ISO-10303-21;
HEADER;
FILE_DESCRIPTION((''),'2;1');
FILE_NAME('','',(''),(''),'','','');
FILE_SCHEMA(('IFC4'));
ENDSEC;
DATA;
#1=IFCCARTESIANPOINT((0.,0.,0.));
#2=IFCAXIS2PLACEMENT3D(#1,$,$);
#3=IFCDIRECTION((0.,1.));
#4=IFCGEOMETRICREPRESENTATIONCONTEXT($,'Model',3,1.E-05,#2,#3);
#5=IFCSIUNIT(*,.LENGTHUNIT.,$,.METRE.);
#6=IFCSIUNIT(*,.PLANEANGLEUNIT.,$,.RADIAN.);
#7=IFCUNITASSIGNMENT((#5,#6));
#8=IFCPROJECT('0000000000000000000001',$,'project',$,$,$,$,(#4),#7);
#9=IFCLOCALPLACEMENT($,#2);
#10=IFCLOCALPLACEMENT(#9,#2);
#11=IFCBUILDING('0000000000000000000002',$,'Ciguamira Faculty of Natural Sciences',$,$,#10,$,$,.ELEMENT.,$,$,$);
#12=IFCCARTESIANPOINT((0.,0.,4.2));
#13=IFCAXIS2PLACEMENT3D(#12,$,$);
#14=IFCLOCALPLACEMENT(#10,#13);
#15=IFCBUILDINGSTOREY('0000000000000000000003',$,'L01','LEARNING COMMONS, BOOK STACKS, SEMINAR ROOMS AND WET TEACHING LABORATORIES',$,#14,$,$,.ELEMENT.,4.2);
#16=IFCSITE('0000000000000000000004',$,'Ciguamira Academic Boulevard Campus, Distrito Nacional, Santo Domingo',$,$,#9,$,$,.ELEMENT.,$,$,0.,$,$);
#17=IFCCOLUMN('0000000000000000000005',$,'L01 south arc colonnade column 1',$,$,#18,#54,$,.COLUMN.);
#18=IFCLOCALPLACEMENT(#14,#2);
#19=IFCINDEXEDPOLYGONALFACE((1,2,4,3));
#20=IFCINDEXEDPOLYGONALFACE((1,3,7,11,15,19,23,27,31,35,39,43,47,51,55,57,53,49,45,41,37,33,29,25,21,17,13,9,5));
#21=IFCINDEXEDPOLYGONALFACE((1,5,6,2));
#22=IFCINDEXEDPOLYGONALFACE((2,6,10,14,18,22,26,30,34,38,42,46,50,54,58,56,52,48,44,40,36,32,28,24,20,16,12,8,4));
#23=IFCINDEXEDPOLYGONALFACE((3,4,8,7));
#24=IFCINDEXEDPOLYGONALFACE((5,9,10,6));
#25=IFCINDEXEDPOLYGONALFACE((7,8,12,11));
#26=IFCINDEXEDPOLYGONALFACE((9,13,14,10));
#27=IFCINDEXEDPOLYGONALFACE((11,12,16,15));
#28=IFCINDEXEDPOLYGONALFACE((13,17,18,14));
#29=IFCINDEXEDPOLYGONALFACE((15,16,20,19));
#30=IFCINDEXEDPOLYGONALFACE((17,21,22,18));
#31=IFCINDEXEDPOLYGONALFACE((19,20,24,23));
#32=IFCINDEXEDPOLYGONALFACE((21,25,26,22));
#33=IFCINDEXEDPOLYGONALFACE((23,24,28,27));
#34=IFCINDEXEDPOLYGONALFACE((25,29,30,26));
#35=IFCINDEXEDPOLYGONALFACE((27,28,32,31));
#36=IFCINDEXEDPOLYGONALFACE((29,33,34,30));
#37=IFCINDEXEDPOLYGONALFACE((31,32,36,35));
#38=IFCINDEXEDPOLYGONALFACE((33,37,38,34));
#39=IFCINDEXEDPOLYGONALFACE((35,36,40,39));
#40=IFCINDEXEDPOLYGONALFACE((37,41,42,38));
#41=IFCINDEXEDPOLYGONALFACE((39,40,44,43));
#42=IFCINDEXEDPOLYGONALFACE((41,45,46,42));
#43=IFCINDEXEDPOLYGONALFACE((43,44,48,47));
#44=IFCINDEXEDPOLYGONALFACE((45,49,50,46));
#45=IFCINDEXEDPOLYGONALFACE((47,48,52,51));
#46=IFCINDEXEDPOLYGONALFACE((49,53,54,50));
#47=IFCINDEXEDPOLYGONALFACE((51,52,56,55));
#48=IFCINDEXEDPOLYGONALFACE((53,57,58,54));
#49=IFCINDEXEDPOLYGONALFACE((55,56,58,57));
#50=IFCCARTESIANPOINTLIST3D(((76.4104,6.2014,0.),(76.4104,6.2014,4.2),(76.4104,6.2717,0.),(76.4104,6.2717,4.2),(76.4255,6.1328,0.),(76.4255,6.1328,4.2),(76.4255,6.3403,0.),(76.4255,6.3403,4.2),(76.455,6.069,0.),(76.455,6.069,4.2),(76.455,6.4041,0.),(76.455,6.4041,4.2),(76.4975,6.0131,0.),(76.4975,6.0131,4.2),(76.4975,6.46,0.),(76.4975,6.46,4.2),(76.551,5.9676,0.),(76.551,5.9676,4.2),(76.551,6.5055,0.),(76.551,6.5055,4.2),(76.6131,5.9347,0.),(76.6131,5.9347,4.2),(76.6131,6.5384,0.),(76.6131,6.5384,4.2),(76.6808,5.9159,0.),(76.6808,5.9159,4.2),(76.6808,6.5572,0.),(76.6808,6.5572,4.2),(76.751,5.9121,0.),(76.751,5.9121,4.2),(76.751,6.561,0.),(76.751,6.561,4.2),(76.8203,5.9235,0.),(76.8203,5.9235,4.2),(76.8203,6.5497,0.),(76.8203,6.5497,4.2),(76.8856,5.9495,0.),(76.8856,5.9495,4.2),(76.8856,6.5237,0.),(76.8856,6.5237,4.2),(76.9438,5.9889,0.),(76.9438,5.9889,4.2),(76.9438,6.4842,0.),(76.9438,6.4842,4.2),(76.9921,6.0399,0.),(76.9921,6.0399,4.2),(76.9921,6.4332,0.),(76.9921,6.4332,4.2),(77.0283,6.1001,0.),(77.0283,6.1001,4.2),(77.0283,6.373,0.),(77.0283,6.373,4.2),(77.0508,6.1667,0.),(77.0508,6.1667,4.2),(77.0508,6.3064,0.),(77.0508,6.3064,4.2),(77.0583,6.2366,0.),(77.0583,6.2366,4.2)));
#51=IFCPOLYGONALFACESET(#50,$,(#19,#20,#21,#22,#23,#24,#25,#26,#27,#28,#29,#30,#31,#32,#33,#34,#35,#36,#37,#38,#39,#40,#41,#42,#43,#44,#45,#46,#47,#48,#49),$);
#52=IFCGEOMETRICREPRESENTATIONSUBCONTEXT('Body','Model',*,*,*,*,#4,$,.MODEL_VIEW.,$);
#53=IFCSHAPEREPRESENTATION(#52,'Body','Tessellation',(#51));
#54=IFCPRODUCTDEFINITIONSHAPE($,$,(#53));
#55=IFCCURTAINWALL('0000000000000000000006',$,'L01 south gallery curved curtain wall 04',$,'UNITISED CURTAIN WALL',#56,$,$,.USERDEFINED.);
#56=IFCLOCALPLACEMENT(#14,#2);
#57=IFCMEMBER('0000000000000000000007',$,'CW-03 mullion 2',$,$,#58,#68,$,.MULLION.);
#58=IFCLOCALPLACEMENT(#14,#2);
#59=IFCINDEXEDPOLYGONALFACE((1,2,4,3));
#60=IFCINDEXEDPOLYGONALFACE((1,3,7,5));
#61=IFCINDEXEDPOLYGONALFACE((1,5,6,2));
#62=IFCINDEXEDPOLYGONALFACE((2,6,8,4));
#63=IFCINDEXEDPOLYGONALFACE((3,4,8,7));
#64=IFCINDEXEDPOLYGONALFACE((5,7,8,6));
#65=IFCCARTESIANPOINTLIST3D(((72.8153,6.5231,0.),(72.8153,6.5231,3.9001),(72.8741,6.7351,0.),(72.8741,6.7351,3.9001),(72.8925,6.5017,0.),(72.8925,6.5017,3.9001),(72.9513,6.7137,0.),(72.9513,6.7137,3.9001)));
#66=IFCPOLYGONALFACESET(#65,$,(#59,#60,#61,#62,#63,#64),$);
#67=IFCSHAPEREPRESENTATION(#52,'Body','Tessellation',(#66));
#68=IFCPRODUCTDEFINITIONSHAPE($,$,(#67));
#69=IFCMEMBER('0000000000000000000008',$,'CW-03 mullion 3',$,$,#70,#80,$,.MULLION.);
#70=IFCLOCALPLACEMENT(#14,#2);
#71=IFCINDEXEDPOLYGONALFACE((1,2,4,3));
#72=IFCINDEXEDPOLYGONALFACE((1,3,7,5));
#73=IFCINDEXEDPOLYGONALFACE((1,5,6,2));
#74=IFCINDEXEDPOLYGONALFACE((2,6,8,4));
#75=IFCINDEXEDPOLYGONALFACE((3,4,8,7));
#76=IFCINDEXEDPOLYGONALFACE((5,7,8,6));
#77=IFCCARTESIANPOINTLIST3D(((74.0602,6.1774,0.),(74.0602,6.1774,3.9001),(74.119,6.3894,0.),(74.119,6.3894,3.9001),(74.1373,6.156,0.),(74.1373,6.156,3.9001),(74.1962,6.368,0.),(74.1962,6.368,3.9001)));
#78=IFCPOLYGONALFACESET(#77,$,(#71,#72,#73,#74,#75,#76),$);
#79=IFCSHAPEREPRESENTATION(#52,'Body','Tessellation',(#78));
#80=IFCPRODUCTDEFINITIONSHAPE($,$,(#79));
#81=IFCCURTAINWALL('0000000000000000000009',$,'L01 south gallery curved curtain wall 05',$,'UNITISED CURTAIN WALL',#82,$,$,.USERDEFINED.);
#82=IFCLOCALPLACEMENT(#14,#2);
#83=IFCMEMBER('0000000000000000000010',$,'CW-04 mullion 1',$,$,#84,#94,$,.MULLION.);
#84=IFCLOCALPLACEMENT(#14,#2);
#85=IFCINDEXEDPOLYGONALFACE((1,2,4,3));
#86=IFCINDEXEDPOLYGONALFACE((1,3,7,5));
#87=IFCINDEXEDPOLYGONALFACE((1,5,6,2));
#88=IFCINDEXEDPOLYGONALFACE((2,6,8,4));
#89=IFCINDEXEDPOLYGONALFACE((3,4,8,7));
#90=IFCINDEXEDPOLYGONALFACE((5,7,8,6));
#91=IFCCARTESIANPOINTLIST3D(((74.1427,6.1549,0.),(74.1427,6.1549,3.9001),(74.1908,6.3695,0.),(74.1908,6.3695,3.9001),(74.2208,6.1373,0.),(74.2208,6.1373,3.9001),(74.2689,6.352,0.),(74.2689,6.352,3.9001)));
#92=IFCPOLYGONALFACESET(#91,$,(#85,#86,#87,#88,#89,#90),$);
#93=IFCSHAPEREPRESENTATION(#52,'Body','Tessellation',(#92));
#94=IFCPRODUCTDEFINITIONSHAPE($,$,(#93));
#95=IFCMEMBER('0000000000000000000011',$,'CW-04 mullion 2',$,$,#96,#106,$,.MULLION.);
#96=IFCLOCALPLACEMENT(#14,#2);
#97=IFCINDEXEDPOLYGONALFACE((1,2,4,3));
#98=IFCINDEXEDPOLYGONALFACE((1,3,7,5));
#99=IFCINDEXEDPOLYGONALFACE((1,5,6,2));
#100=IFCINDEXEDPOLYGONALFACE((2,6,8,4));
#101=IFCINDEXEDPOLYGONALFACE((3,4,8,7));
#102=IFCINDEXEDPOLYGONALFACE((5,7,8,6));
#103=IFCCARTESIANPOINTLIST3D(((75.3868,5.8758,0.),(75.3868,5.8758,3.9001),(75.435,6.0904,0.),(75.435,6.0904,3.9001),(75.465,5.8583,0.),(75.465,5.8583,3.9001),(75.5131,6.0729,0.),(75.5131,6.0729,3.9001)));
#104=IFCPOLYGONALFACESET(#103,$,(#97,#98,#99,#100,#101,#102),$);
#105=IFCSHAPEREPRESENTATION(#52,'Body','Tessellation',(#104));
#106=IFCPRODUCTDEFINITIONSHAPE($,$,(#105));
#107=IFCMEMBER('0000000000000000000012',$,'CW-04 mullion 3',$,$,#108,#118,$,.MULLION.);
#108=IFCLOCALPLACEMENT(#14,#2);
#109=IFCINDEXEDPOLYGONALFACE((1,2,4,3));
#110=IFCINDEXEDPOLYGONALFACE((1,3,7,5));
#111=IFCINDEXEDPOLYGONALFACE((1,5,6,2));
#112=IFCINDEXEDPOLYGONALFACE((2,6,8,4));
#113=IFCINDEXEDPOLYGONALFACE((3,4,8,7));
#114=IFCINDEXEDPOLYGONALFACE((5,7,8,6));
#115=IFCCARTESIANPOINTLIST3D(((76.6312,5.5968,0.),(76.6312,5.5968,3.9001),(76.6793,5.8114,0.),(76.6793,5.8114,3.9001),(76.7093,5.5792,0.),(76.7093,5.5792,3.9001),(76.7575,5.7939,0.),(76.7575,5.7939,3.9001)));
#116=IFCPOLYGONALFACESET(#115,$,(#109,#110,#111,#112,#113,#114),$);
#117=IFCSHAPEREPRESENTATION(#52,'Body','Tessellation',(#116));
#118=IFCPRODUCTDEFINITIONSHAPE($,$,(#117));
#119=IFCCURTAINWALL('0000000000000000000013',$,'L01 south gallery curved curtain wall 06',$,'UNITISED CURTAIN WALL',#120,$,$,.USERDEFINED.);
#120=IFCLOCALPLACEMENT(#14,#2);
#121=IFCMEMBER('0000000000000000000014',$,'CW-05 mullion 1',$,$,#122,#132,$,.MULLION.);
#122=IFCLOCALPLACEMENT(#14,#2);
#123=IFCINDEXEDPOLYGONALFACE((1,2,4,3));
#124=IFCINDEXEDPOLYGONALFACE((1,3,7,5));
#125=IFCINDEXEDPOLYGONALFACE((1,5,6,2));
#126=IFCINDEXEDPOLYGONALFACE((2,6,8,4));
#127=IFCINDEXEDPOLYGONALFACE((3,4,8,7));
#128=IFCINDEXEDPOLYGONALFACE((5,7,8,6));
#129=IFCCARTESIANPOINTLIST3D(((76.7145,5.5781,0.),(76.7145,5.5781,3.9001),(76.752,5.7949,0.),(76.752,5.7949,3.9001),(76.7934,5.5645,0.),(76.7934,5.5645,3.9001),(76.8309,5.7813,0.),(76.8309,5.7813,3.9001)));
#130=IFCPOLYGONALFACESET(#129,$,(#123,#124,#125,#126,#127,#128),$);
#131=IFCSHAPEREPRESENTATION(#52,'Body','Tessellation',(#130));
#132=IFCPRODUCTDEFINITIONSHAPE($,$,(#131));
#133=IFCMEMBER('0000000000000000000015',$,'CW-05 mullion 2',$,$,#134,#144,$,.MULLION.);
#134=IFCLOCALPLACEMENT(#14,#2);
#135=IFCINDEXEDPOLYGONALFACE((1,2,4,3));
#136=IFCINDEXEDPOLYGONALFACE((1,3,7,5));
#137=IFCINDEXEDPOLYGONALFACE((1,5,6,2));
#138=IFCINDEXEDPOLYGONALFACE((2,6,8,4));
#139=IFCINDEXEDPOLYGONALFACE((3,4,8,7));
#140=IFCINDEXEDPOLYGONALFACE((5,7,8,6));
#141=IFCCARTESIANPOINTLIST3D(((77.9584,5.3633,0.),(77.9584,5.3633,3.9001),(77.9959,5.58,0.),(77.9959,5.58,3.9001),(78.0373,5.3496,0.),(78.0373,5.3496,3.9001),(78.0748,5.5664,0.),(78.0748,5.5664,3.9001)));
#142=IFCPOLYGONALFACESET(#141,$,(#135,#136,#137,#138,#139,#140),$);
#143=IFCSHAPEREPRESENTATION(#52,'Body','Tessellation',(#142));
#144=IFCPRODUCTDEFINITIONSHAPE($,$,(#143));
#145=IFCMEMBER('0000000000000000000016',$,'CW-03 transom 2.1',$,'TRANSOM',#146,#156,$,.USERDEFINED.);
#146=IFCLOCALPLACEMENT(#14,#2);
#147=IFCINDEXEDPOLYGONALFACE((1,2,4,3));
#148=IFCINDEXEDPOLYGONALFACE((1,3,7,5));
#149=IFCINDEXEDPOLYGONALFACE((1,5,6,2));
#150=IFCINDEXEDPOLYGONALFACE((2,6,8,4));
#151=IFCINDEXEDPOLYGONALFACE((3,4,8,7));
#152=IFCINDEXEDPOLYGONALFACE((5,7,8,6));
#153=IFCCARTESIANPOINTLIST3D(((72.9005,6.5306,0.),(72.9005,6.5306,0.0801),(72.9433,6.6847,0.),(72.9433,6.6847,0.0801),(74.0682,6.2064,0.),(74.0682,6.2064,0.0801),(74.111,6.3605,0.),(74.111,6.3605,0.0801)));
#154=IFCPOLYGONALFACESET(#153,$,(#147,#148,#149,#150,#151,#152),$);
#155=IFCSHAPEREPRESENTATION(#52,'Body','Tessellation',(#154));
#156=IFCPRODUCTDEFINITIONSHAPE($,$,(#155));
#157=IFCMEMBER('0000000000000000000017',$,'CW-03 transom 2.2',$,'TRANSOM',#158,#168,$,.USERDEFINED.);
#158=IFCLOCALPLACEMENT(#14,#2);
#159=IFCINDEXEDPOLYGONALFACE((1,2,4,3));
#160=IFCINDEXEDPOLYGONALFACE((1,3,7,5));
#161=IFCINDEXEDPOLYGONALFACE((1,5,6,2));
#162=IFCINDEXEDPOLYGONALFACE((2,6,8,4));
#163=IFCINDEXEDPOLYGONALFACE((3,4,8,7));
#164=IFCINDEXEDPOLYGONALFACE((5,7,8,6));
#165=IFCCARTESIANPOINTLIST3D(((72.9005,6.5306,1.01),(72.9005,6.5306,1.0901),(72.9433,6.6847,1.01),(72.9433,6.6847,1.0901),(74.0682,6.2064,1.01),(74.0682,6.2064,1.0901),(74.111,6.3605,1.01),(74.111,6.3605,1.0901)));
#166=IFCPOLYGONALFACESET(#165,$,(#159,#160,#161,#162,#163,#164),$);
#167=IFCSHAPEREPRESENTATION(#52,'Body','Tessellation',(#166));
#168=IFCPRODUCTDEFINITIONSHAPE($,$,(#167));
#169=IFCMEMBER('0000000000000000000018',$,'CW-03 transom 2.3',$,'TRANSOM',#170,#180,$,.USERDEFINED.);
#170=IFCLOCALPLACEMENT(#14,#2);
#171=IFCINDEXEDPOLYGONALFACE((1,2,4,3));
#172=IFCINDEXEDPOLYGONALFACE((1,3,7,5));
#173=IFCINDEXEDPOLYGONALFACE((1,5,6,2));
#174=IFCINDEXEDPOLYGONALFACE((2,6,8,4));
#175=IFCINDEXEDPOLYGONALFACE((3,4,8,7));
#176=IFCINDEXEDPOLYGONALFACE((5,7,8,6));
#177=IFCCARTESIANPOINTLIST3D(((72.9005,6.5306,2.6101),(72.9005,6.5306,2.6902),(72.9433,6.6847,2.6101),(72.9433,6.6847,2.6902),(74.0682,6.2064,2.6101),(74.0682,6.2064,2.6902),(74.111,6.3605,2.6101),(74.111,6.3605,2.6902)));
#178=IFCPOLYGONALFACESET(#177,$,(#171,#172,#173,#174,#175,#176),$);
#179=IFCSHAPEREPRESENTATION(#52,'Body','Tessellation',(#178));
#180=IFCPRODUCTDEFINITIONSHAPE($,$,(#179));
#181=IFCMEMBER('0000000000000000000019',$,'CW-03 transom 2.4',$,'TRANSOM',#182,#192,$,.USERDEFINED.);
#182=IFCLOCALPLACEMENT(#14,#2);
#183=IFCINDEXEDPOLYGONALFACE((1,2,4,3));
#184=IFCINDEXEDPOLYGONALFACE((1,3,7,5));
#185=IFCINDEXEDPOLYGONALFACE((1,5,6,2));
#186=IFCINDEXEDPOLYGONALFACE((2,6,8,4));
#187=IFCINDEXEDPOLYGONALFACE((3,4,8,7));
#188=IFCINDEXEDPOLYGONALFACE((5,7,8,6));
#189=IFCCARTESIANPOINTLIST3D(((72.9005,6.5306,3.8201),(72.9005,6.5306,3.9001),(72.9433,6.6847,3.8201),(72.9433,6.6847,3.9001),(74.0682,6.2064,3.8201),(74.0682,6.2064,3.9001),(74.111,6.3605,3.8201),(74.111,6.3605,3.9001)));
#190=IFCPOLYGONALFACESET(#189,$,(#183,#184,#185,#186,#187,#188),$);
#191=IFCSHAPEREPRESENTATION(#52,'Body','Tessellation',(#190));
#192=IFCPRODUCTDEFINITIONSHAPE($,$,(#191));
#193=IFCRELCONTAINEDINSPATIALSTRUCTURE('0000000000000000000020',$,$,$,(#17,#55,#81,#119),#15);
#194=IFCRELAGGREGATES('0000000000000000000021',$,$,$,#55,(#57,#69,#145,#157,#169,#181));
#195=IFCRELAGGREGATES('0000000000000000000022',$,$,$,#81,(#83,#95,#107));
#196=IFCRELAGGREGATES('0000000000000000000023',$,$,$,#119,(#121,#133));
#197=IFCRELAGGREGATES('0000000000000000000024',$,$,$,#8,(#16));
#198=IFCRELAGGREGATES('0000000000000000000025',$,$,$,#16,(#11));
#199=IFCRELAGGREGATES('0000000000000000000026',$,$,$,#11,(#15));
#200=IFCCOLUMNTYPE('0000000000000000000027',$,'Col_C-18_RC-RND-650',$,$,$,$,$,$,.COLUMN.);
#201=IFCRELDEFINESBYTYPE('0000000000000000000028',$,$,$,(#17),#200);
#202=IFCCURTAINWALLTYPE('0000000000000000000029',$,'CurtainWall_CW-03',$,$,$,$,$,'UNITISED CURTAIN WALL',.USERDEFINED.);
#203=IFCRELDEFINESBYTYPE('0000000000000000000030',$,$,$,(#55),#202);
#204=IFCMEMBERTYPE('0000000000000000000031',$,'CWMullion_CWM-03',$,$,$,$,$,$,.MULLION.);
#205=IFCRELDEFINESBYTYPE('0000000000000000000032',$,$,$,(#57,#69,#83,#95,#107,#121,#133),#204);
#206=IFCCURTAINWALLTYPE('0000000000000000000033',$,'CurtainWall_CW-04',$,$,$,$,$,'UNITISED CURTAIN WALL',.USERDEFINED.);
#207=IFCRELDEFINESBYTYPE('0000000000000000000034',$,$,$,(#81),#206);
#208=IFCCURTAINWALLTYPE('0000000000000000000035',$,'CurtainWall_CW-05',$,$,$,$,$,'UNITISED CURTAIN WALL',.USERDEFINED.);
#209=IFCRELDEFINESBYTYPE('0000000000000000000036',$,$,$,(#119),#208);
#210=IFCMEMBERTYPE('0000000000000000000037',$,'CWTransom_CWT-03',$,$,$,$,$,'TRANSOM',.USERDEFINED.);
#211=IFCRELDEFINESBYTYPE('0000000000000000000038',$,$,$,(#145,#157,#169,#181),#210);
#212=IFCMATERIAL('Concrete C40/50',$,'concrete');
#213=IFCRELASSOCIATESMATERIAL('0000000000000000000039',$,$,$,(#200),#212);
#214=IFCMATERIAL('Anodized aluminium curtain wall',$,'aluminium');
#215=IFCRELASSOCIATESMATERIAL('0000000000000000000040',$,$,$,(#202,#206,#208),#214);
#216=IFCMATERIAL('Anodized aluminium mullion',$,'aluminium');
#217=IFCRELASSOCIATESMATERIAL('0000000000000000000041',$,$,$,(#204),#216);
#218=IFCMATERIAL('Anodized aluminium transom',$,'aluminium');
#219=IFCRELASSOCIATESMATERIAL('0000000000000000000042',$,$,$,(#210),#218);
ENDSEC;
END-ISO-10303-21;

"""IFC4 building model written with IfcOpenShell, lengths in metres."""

from ifc_helpers import new_model, si_unit, direction, frame, origin, origin_2d, place, context, subcontext, project, spatial, rectangle, circle, extrude, material, material_profile, profile_set, type_object, element, aggregate, save


model = new_model("IFC4")

# Units and contexts
model_context = context("Model", 3, precision=1e-05, world=origin(), true_north=direction((0.0, 1.0)))
body_context = subcontext(model_context, "Body", "Model", "MODEL_VIEW")
ifc_project = project(units=[si_unit("LENGTHUNIT", "METRE"), si_unit("PLANEANGLEUNIT", "RADIAN")], contexts=[model_context])

# Site, building, storey
site_placement = place(None, origin())
site = spatial("IfcSite", under=ifc_project, at=site_placement, Name="Ciguamira Academic Boulevard Campus, Distrito Nacional, Santo Domingo", CompositionType="ELEMENT", RefElevation=0.0)
building_placement = place(site_placement, origin())
building = spatial("IfcBuilding", under=site, at=building_placement, Name="Ciguamira Faculty of Natural Sciences", CompositionType="ELEMENT")
storey_placement = place(building_placement, frame((0.0, 0.0, 4.2)))
storey = spatial("IfcBuildingStorey", under=building, at=storey_placement, Name="L01", Description="LEARNING COMMONS, BOOK STACKS, SEMINAR ROOMS AND WET TEACHING LABORATORIES", CompositionType="ELEMENT", Elevation=4.2)

# Column
ifc_material_1 = material(Name="Concrete C40/50", Category="concrete")
ifc_material_profile_1 = material_profile(ifc_material_1, circle(Radius=0.325, at=origin_2d()), Name="RC-RND-650")
ifc_profile_set_1 = profile_set([ifc_material_profile_1], Name="Concrete C40/50")
column_type = type_object("IfcColumnType", Name="Col_C-18_RC-RND-650", PredefinedType="COLUMN", material=ifc_profile_set_1)
column_placement = place(storey_placement, frame((76.7334, 6.2366, 0.0), z_axis=(0.0, 0.0, 1.0), x_axis=(1.0, 0.0, 0.0)))
element("IfcColumn", 1, at=column_placement, inside=storey, type_object=column_type, Name="L01 south arc colonnade column 1", PredefinedType="COLUMN", context=body_context, shape_type="SweptSolid", body=[
    extrude(circle(Radius=0.325, at=origin_2d()), origin(), (0.0, 0.0, 1.0), 4.2),
])

# Curtain walls, members
ifc_material_2 = material(Name="Anodized aluminium curtain wall", Category="aluminium")
curtain_wall_type_1 = type_object("IfcCurtainWallType", Name="CurtainWall_CW-03", ElementType="UNITISED CURTAIN WALL", PredefinedType="USERDEFINED", material=ifc_material_2)
curtain_wall_1_placement = place(storey_placement, origin())
curtain_wall_1 = element("IfcCurtainWall", 2, at=curtain_wall_1_placement, inside=storey, type_object=curtain_wall_type_1, Name="L01 south gallery curved curtain wall 04", ObjectType="UNITISED CURTAIN WALL", PredefinedType="USERDEFINED")
ifc_material_3 = material(Name="Anodized aluminium mullion", Category="aluminium")
ifc_material_profile_2 = material_profile(ifc_material_3, rectangle(XDim=0.0801, YDim=0.22, at=origin_2d()), Name="ALU-MUL-80X220")
ifc_profile_set_2 = profile_set([ifc_material_profile_2], Name="Anodized aluminium mullion")
member_type_1 = type_object("IfcMemberType", Name="CWMullion_CWM-03", PredefinedType="MULLION", material=ifc_profile_set_2)
member_1_placement = place(storey_placement, frame((72.8833, 6.6184, 0.0), z_axis=(0.0, 0.0, 1.0), x_axis=(0.963573, -0.267444, 0.0)))
member_1 = element("IfcMember", 3, at=member_1_placement, type_object=member_type_1, Name="CW-03 mullion 2", PredefinedType="MULLION", context=body_context, shape_type="SweptSolid", body=[
    extrude(rectangle(XDim=0.0801, YDim=0.22, at=origin_2d()), origin(), (0.0, 0.0, 1.0), 3.9001),
])
member_2_placement = place(storey_placement, frame((74.1282, 6.2727, 0.0), z_axis=(0.0, 0.0, 1.0), x_axis=(0.963573, -0.267444, 0.0)))
member_2 = element("IfcMember", 4, at=member_2_placement, type_object=member_type_1, Name="CW-03 mullion 3", PredefinedType="MULLION", context=body_context, shape_type="SweptSolid", body=[
    extrude(rectangle(XDim=0.0801, YDim=0.22, at=origin_2d()), origin(), (0.0, 0.0, 1.0), 3.9001),
])
curtain_wall_type_2 = type_object("IfcCurtainWallType", Name="CurtainWall_CW-04", ElementType="UNITISED CURTAIN WALL", PredefinedType="USERDEFINED", material=ifc_material_2)
curtain_wall_2_placement = place(storey_placement, origin())
curtain_wall_2 = element("IfcCurtainWall", 5, at=curtain_wall_2_placement, inside=storey, type_object=curtain_wall_type_2, Name="L01 south gallery curved curtain wall 05", ObjectType="UNITISED CURTAIN WALL", PredefinedType="USERDEFINED")
member_3_placement = place(storey_placement, frame((74.2058, 6.2534, 0.0), z_axis=(0.0, 0.0, 1.0), x_axis=(0.975763, -0.21883, 0.0)))
member_3 = element("IfcMember", 6, at=member_3_placement, type_object=member_type_1, Name="CW-04 mullion 1", PredefinedType="MULLION", context=body_context, shape_type="SweptSolid", body=[
    extrude(rectangle(XDim=0.0801, YDim=0.22, at=origin_2d()), origin(), (0.0, 0.0, 1.0), 3.9001),
])
member_4_placement = place(storey_placement, frame((75.45, 5.9744, 0.0), z_axis=(0.0, 0.0, 1.0), x_axis=(0.975763, -0.21883, 0.0)))
member_4 = element("IfcMember", 7, at=member_4_placement, type_object=member_type_1, Name="CW-04 mullion 2", PredefinedType="MULLION", context=body_context, shape_type="SweptSolid", body=[
    extrude(rectangle(XDim=0.0801, YDim=0.22, at=origin_2d()), origin(), (0.0, 0.0, 1.0), 3.9001),
])
member_5_placement = place(storey_placement, frame((76.6943, 5.6953, 0.0), z_axis=(0.0, 0.0, 1.0), x_axis=(0.975763, -0.21883, 0.0)))
member_5 = element("IfcMember", 8, at=member_5_placement, type_object=member_type_1, Name="CW-04 mullion 3", PredefinedType="MULLION", context=body_context, shape_type="SweptSolid", body=[
    extrude(rectangle(XDim=0.0801, YDim=0.22, at=origin_2d()), origin(), (0.0, 0.0, 1.0), 3.9001),
])
curtain_wall_type_3 = type_object("IfcCurtainWallType", Name="CurtainWall_CW-05", ElementType="UNITISED CURTAIN WALL", PredefinedType="USERDEFINED", material=ifc_material_2)
curtain_wall_3_placement = place(storey_placement, origin())
curtain_wall_3 = element("IfcCurtainWall", 9, at=curtain_wall_3_placement, inside=storey, type_object=curtain_wall_type_3, Name="L01 south gallery curved curtain wall 06", ObjectType="UNITISED CURTAIN WALL", PredefinedType="USERDEFINED")
member_6_placement = place(storey_placement, frame((76.7727, 5.6797, 0.0), z_axis=(0.0, 0.0, 1.0), x_axis=(0.985411, -0.170192, 0.0)))
member_6 = element("IfcMember", 10, at=member_6_placement, type_object=member_type_1, Name="CW-05 mullion 1", PredefinedType="MULLION", context=body_context, shape_type="SweptSolid", body=[
    extrude(rectangle(XDim=0.0801, YDim=0.22, at=origin_2d()), origin(), (0.0, 0.0, 1.0), 3.9001),
])
member_7_placement = place(storey_placement, frame((78.0166, 5.4648, 0.0), z_axis=(0.0, 0.0, 1.0), x_axis=(0.985411, -0.170192, 0.0)))
member_7 = element("IfcMember", 11, at=member_7_placement, type_object=member_type_1, Name="CW-05 mullion 2", PredefinedType="MULLION", context=body_context, shape_type="SweptSolid", body=[
    extrude(rectangle(XDim=0.0801, YDim=0.22, at=origin_2d()), origin(), (0.0, 0.0, 1.0), 3.9001),
])

# Members
ifc_material_4 = material(Name="Anodized aluminium transom", Category="aluminium")
ifc_material_profile_3 = material_profile(ifc_material_4, rectangle(XDim=0.0801, YDim=0.1599, at=origin_2d()), Name="ALU-TRN-80X160")
ifc_profile_set_3 = profile_set([ifc_material_profile_3], Name="Anodized aluminium transom")
member_type_2 = type_object("IfcMemberType", Name="CWTransom_CWT-03", ElementType="TRANSOM", PredefinedType="USERDEFINED", material=ifc_profile_set_3)
member_8_placement = place(storey_placement, frame((72.9219, 6.6077, 0.04), z_axis=(0.96355, -0.26753, 0.0), x_axis=(0.0, 0.0, 1.0)))
member_8 = element("IfcMember", 12, at=member_8_placement, type_object=member_type_2, Name="CW-03 transom 2.1", ObjectType="TRANSOM", PredefinedType="USERDEFINED", context=body_context, shape_type="SweptSolid", body=[
    extrude(rectangle(XDim=0.0801, YDim=0.1599, at=origin_2d()), origin(), (0.0, 0.0, 1.0), 1.2119),
])
member_9_placement = place(storey_placement, frame((72.9219, 6.6077, 1.05), z_axis=(0.96355, -0.26753, 0.0), x_axis=(0.0, 0.0, 1.0)))
member_9 = element("IfcMember", 13, at=member_9_placement, type_object=member_type_2, Name="CW-03 transom 2.2", ObjectType="TRANSOM", PredefinedType="USERDEFINED", context=body_context, shape_type="SweptSolid", body=[
    extrude(rectangle(XDim=0.0801, YDim=0.1599, at=origin_2d()), origin(), (0.0, 0.0, 1.0), 1.2119),
])
member_10_placement = place(storey_placement, frame((72.9219, 6.6077, 2.6501), z_axis=(0.96355, -0.26753, 0.0), x_axis=(0.0, 0.0, 1.0)))
member_10 = element("IfcMember", 14, at=member_10_placement, type_object=member_type_2, Name="CW-03 transom 2.3", ObjectType="TRANSOM", PredefinedType="USERDEFINED", context=body_context, shape_type="SweptSolid", body=[
    extrude(rectangle(XDim=0.0801, YDim=0.1599, at=origin_2d()), origin(), (0.0, 0.0, 1.0), 1.2119),
])
member_11_placement = place(storey_placement, frame((72.9219, 6.6077, 3.8601), z_axis=(0.96355, -0.26753, 0.0), x_axis=(0.0, 0.0, 1.0)))
member_11 = element("IfcMember", 15, at=member_11_placement, type_object=member_type_2, Name="CW-03 transom 2.4", ObjectType="TRANSOM", PredefinedType="USERDEFINED", context=body_context, shape_type="SweptSolid", body=[
    extrude(rectangle(XDim=0.0801, YDim=0.1599, at=origin_2d()), origin(), (0.0, 0.0, 1.0), 1.2119),
])

aggregate(curtain_wall_1, [member_1, member_2, member_8, member_9, member_10, member_11])
aggregate(curtain_wall_2, [member_3, member_4, member_5])
aggregate(curtain_wall_3, [member_6, member_7])

save(model, "model.ifc")
